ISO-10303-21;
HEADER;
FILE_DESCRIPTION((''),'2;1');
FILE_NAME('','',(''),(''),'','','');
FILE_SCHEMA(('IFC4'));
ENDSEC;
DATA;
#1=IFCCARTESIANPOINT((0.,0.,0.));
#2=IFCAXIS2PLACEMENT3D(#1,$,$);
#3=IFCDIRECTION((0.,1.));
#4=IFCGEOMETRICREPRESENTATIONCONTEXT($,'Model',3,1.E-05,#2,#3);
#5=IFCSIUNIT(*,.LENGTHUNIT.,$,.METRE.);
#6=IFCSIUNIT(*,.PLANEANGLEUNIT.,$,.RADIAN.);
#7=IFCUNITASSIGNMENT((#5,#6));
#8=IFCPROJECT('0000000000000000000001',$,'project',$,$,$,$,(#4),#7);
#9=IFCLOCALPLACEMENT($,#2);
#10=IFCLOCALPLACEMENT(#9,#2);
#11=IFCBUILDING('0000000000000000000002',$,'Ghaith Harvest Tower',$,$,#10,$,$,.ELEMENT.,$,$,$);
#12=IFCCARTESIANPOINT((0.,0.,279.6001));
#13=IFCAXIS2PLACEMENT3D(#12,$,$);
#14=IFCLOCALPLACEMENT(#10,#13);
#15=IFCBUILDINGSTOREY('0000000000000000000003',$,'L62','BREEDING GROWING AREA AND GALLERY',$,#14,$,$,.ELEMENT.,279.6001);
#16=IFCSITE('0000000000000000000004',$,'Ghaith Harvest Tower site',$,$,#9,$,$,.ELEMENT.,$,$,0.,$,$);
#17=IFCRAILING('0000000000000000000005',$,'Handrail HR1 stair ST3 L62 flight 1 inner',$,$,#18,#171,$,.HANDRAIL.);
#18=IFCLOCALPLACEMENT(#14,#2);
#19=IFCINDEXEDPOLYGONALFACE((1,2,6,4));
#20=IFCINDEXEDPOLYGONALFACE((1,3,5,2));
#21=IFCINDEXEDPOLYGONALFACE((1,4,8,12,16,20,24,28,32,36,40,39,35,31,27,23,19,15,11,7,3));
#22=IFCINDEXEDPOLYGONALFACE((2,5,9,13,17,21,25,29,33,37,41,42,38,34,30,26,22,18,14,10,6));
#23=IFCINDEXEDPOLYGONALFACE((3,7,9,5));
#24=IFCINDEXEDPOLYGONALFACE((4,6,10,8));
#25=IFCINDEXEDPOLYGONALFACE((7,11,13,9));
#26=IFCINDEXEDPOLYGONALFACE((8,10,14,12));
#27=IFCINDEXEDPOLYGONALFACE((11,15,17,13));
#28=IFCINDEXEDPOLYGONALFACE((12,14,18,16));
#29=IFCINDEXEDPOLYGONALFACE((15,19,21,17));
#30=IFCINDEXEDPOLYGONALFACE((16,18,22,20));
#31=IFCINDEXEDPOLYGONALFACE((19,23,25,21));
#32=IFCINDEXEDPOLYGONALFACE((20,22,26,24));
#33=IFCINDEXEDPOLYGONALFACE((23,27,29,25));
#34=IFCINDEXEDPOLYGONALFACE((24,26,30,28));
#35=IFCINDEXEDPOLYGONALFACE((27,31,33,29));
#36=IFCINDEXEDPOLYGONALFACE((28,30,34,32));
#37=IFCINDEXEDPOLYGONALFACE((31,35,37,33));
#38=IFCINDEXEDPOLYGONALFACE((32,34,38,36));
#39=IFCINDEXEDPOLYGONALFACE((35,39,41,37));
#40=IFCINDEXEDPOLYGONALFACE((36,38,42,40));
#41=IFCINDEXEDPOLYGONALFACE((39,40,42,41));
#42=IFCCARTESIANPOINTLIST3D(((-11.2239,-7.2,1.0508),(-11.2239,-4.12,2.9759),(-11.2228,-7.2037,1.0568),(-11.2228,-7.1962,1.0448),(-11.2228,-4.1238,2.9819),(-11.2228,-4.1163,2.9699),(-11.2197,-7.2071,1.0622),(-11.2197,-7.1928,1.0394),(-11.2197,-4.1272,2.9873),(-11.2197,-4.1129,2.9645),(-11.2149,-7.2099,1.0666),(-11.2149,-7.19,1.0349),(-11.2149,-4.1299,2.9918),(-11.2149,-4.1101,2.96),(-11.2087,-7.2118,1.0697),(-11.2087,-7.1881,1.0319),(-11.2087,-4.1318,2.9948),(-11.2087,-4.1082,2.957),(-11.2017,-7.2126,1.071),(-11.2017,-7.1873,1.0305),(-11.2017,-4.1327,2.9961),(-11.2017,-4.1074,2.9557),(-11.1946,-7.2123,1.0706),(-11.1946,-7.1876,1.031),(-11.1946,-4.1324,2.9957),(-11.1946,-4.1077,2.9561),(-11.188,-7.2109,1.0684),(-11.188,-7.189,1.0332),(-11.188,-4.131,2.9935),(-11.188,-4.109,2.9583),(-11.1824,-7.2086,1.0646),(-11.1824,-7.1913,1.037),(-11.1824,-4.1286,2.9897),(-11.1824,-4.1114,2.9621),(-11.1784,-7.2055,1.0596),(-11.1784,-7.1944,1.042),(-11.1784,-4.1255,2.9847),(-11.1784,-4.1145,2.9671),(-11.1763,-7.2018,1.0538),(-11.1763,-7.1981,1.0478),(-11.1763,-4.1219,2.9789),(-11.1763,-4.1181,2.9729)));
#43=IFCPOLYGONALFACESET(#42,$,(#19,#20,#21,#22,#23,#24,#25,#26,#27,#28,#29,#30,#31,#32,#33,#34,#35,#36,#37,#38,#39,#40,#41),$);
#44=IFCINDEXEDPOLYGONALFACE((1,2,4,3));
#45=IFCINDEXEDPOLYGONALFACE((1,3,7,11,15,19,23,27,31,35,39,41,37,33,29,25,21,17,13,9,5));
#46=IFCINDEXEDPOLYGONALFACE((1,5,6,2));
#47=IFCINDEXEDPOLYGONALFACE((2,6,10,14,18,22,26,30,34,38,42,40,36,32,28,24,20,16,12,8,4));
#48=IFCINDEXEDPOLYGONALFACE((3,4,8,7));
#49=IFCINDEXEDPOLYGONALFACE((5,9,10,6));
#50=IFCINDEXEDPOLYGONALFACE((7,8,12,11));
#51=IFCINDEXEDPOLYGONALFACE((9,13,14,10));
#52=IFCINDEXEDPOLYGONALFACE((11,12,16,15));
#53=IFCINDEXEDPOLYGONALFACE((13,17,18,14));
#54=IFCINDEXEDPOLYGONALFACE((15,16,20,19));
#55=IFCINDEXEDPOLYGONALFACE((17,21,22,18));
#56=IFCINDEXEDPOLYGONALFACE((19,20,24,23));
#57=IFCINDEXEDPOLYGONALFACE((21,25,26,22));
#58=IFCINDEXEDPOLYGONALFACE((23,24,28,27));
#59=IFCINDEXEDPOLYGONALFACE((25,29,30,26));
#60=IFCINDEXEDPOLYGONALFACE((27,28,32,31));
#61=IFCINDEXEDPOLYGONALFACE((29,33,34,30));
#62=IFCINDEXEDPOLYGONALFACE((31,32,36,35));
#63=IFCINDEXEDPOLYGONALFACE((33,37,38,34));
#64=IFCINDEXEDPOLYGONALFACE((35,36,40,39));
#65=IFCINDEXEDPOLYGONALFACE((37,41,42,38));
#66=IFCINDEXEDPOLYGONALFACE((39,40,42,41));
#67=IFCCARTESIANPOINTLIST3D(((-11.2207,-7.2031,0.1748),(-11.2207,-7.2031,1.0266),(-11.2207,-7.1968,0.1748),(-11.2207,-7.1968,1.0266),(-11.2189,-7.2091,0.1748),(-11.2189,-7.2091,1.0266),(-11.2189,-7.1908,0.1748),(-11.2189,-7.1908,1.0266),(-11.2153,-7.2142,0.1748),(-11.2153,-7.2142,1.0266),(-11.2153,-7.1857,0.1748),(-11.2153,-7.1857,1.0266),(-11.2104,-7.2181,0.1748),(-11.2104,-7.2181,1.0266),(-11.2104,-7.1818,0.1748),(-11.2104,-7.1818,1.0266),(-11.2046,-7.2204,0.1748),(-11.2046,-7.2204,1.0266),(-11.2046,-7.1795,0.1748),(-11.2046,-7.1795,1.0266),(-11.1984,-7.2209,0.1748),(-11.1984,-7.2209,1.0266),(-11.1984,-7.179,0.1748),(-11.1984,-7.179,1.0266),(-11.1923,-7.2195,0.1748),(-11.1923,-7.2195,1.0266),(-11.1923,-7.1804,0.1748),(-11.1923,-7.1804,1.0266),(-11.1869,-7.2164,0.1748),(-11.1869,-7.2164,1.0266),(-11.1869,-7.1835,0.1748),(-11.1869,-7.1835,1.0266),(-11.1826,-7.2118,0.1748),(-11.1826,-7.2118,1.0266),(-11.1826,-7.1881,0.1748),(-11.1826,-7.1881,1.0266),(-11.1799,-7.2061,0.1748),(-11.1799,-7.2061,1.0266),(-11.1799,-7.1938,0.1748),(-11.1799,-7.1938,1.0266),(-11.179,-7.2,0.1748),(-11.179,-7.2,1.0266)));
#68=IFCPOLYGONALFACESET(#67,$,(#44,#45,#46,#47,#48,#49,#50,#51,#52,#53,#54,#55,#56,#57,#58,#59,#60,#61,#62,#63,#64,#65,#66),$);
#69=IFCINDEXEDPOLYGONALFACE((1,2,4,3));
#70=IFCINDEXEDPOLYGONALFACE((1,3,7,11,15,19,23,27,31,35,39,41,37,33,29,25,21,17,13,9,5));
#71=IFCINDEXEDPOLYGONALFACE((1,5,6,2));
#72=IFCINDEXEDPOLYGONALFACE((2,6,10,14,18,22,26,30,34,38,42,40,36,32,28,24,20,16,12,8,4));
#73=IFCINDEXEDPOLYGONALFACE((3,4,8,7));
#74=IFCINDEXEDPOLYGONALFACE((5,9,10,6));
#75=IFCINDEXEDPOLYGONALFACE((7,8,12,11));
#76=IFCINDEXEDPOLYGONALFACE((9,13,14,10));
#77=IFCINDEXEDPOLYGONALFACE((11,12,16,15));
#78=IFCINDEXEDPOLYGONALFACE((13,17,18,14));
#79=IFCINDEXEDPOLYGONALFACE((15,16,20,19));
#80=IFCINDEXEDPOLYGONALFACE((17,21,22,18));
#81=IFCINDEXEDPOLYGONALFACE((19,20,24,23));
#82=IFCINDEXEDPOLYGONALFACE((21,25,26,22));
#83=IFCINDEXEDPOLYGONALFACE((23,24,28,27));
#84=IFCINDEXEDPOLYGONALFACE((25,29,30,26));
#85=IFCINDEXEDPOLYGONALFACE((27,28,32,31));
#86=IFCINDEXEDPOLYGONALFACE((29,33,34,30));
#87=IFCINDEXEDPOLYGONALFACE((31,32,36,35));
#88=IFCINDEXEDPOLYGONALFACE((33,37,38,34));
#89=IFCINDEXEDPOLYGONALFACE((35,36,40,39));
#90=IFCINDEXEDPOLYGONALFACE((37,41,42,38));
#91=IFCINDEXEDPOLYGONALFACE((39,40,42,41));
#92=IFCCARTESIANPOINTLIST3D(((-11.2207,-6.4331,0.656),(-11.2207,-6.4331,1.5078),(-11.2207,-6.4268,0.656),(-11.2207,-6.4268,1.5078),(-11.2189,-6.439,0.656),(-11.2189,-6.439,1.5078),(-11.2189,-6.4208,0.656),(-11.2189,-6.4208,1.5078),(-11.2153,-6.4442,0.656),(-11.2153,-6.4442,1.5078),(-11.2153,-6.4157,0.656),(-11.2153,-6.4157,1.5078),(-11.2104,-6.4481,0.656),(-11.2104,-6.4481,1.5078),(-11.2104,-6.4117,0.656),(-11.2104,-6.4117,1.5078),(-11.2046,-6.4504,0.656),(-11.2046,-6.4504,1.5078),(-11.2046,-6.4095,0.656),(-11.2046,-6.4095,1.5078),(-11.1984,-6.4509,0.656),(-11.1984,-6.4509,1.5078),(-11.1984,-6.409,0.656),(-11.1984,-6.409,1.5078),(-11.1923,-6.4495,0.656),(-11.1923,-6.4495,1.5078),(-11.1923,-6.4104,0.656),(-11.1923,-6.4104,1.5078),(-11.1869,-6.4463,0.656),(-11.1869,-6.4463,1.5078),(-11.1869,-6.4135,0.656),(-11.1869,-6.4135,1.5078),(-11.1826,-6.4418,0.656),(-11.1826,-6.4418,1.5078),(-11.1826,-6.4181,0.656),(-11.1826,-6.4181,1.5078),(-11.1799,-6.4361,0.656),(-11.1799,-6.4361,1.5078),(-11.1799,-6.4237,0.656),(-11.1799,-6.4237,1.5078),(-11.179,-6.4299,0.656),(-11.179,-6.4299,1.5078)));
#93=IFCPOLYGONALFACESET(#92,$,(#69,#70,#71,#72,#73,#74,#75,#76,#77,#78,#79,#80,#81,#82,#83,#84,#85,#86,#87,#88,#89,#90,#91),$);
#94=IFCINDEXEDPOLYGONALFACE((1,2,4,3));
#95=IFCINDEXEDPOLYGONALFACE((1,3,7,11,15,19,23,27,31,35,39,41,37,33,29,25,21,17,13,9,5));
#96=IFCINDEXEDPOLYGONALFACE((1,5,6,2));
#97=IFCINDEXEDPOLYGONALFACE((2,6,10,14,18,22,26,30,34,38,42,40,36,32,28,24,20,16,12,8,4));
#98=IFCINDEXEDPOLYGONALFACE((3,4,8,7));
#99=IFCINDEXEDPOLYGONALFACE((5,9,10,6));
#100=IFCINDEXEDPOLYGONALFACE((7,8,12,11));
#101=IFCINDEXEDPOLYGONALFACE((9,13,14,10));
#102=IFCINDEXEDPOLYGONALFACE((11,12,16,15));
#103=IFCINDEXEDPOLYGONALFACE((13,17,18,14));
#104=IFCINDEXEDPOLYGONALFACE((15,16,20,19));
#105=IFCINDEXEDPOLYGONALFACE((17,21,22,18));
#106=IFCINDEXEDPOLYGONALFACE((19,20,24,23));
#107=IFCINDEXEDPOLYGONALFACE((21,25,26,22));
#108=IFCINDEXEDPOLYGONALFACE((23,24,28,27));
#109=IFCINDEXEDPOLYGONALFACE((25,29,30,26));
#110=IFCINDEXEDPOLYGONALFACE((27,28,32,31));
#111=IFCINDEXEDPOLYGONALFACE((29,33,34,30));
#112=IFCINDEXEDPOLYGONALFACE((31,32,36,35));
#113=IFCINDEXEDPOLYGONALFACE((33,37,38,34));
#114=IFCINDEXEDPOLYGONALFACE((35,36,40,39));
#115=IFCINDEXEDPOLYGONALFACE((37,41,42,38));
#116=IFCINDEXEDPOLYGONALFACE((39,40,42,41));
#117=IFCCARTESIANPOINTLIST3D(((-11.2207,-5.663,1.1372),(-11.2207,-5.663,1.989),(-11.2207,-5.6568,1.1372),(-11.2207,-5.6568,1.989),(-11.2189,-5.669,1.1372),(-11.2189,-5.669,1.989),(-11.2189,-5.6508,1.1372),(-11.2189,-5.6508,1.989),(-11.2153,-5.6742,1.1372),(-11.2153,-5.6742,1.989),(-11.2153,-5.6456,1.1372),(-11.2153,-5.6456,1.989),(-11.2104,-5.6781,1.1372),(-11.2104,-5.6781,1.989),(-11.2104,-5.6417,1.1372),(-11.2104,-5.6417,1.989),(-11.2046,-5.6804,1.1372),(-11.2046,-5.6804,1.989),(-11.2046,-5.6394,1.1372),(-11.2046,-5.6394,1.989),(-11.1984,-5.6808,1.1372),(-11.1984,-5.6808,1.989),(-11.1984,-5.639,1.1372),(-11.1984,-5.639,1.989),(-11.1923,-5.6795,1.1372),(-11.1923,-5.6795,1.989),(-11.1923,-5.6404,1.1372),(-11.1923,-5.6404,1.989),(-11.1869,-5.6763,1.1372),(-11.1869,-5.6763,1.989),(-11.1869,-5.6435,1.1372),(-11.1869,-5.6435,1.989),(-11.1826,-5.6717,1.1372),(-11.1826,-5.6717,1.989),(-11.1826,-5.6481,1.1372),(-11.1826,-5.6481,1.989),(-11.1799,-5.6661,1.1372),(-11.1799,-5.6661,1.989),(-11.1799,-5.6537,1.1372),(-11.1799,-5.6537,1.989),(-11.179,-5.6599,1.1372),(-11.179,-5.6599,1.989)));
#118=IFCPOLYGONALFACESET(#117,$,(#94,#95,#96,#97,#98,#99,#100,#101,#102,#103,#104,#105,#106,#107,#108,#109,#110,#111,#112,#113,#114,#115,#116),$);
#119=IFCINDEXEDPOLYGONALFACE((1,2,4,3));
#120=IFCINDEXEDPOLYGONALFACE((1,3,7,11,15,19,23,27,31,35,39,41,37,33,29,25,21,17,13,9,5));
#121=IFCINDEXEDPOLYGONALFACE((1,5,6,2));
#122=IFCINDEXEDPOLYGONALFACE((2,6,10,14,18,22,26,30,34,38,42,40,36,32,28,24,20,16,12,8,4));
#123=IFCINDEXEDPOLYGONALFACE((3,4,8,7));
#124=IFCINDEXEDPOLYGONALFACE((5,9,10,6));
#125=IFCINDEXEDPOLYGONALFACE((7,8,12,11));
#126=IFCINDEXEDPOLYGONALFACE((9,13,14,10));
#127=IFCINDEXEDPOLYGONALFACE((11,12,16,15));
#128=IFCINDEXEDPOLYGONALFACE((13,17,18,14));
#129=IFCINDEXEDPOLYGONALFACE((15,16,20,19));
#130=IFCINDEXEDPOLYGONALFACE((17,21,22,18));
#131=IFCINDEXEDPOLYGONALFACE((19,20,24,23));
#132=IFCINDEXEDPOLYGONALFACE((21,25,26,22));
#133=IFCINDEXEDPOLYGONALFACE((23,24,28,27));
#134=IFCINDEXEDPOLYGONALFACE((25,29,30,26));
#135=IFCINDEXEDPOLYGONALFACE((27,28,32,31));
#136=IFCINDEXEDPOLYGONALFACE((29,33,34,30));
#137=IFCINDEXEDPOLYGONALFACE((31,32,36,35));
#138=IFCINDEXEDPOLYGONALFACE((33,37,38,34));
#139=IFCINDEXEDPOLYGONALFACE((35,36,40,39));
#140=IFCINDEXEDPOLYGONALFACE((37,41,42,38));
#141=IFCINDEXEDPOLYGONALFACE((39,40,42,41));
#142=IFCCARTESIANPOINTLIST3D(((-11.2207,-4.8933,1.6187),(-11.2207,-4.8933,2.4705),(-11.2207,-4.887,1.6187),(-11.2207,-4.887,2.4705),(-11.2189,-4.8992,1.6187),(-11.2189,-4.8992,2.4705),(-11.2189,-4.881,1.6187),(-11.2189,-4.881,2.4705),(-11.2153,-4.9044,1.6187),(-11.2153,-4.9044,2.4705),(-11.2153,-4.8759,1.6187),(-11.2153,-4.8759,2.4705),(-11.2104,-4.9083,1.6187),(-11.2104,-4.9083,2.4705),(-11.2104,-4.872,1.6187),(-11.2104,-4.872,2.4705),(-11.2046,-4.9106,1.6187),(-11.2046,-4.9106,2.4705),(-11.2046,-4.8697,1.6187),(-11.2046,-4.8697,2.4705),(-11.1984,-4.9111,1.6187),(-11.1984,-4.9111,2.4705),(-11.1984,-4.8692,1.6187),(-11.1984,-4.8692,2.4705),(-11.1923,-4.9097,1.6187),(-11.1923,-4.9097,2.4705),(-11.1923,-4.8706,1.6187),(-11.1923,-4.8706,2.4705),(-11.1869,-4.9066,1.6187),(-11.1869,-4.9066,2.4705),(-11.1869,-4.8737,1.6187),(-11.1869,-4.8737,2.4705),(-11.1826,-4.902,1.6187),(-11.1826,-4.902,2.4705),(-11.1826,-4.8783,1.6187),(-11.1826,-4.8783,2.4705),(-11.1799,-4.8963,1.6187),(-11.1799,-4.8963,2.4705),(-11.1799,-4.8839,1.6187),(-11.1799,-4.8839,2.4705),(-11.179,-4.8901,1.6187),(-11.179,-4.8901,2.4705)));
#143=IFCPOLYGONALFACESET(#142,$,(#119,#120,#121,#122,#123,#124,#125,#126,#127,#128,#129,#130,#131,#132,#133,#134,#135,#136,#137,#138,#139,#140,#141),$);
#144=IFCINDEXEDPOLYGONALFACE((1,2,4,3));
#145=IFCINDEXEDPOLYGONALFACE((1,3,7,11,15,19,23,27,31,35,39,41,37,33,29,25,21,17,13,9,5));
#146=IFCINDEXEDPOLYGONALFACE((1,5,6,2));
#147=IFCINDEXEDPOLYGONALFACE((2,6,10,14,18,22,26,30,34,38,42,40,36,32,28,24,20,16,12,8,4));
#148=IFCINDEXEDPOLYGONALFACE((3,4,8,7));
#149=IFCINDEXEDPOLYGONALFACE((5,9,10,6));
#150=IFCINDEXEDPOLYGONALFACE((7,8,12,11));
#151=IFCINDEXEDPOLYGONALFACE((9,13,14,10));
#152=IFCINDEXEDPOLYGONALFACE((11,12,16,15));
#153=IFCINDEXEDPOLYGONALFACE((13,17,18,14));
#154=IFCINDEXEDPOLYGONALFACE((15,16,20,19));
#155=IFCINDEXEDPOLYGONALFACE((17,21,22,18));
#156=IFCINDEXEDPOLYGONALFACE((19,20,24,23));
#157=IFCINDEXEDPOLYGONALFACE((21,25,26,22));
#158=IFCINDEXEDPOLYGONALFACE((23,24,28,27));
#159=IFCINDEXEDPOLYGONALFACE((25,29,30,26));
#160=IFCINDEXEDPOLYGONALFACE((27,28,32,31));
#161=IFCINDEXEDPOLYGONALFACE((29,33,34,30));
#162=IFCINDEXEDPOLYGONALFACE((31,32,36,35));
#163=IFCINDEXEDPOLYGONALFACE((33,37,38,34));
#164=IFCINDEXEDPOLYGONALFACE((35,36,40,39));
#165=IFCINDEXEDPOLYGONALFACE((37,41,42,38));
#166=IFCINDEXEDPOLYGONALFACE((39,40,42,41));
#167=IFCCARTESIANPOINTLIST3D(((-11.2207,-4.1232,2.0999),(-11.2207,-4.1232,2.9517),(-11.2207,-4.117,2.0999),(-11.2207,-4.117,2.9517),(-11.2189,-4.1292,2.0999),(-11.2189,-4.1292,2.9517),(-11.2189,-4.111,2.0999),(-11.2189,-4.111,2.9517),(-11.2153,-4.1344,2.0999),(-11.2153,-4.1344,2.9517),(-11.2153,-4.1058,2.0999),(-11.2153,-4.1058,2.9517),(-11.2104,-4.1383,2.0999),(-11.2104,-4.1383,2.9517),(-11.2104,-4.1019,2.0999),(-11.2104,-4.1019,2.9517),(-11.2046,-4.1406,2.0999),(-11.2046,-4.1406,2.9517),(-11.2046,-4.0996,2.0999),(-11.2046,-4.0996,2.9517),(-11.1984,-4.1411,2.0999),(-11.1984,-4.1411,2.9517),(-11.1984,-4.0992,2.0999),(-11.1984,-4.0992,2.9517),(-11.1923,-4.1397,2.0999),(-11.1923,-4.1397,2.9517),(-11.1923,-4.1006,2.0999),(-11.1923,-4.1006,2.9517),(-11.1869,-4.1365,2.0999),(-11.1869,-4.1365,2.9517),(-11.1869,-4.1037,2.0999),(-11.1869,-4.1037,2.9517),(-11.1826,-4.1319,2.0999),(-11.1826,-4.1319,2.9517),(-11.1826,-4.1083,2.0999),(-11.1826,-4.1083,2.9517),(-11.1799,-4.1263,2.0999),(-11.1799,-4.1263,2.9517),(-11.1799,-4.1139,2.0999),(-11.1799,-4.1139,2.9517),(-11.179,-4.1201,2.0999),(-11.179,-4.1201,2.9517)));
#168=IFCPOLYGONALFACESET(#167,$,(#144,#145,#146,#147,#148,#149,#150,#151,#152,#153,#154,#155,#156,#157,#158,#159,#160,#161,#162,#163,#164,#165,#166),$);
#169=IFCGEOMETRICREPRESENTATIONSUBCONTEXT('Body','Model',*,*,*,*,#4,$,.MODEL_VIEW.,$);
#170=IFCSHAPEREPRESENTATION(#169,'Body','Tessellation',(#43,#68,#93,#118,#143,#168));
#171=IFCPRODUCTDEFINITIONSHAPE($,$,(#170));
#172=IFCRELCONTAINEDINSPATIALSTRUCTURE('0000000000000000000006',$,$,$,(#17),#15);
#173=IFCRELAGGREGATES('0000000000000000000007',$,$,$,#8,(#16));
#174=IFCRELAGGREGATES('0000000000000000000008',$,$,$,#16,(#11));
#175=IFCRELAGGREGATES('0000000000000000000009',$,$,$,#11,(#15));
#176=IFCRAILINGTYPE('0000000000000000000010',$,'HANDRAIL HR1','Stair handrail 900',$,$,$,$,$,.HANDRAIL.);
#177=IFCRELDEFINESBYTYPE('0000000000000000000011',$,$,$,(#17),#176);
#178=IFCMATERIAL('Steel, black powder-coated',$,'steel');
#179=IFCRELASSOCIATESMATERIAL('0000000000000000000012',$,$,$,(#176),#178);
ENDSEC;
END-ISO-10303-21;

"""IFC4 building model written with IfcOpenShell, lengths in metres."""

from ifc_helpers import new_model, si_unit, direction, frame, origin, origin_2d, place, context, subcontext, project, spatial, circle, extrude, material, type_object, element, save


model = new_model("IFC4")

# Units and contexts
model_context = context("Model", 3, precision=1e-05, world=origin(), true_north=direction((0.0, 1.0)))
body_context = subcontext(model_context, "Body", "Model", "MODEL_VIEW")
ifc_project = project(units=[si_unit("LENGTHUNIT", "METRE"), si_unit("PLANEANGLEUNIT", "RADIAN")], contexts=[model_context])

# Site, building, storey
site_placement = place(None, origin())
site = spatial("IfcSite", under=ifc_project, at=site_placement, Name="Ghaith Harvest Tower site", CompositionType="ELEMENT", RefElevation=0.0)
building_placement = place(site_placement, origin())
building = spatial("IfcBuilding", under=site, at=building_placement, Name="Ghaith Harvest Tower", CompositionType="ELEMENT")
storey_placement = place(building_placement, frame((0.0, 0.0, 279.6001)))
storey = spatial("IfcBuildingStorey", under=building, at=storey_placement, Name="L62", Description="BREEDING GROWING AREA AND GALLERY", CompositionType="ELEMENT", Elevation=279.6001)

# Railing
ifc_material_1 = material(Name="Steel, black powder-coated", Category="steel")
railing_type = type_object("IfcRailingType", Name="HANDRAIL HR1", Description="Stair handrail 900", PredefinedType="HANDRAIL", material=ifc_material_1)
railing_1_placement = place(storey_placement, frame((-11.2, -7.2, 0.1748)))
element("IfcRailing", 1, at=railing_1_placement, inside=storey, type_object=railing_type, Name="Handrail HR1 stair ST3 L62 flight 1 inner", PredefinedType="HANDRAIL", context=body_context, shape_type="SweptSolid", body=[
    extrude(circle(Radius=0.0239, at=origin_2d()), frame((0.0, 0.0, 0.876), z_axis=(0.0, 0.847979, 0.530029), x_axis=(-1.0, 0.0, 0.0)), (0.0, 0.0, 1.0), 3.6321),
    extrude(circle(Radius=0.021, at=origin_2d()), origin(), (0.0, 0.0, 1.0), 0.8518),
    extrude(circle(Radius=0.021, at=origin_2d()), frame((0.0, 0.77, 0.4812)), (0.0, 0.0, 1.0), 0.8518),
    extrude(circle(Radius=0.021, at=origin_2d()), frame((0.0, 1.54, 0.9624)), (0.0, 0.0, 1.0), 0.8518),
    extrude(circle(Radius=0.021, at=origin_2d()), frame((0.0, 2.3098, 1.4438)), (0.0, 0.0, 1.0), 0.8518),
    extrude(circle(Radius=0.021, at=origin_2d()), frame((0.0, 3.0798, 1.925)), (0.0, 0.0, 1.0), 0.8518),
])

save(model, "model.ifc")
